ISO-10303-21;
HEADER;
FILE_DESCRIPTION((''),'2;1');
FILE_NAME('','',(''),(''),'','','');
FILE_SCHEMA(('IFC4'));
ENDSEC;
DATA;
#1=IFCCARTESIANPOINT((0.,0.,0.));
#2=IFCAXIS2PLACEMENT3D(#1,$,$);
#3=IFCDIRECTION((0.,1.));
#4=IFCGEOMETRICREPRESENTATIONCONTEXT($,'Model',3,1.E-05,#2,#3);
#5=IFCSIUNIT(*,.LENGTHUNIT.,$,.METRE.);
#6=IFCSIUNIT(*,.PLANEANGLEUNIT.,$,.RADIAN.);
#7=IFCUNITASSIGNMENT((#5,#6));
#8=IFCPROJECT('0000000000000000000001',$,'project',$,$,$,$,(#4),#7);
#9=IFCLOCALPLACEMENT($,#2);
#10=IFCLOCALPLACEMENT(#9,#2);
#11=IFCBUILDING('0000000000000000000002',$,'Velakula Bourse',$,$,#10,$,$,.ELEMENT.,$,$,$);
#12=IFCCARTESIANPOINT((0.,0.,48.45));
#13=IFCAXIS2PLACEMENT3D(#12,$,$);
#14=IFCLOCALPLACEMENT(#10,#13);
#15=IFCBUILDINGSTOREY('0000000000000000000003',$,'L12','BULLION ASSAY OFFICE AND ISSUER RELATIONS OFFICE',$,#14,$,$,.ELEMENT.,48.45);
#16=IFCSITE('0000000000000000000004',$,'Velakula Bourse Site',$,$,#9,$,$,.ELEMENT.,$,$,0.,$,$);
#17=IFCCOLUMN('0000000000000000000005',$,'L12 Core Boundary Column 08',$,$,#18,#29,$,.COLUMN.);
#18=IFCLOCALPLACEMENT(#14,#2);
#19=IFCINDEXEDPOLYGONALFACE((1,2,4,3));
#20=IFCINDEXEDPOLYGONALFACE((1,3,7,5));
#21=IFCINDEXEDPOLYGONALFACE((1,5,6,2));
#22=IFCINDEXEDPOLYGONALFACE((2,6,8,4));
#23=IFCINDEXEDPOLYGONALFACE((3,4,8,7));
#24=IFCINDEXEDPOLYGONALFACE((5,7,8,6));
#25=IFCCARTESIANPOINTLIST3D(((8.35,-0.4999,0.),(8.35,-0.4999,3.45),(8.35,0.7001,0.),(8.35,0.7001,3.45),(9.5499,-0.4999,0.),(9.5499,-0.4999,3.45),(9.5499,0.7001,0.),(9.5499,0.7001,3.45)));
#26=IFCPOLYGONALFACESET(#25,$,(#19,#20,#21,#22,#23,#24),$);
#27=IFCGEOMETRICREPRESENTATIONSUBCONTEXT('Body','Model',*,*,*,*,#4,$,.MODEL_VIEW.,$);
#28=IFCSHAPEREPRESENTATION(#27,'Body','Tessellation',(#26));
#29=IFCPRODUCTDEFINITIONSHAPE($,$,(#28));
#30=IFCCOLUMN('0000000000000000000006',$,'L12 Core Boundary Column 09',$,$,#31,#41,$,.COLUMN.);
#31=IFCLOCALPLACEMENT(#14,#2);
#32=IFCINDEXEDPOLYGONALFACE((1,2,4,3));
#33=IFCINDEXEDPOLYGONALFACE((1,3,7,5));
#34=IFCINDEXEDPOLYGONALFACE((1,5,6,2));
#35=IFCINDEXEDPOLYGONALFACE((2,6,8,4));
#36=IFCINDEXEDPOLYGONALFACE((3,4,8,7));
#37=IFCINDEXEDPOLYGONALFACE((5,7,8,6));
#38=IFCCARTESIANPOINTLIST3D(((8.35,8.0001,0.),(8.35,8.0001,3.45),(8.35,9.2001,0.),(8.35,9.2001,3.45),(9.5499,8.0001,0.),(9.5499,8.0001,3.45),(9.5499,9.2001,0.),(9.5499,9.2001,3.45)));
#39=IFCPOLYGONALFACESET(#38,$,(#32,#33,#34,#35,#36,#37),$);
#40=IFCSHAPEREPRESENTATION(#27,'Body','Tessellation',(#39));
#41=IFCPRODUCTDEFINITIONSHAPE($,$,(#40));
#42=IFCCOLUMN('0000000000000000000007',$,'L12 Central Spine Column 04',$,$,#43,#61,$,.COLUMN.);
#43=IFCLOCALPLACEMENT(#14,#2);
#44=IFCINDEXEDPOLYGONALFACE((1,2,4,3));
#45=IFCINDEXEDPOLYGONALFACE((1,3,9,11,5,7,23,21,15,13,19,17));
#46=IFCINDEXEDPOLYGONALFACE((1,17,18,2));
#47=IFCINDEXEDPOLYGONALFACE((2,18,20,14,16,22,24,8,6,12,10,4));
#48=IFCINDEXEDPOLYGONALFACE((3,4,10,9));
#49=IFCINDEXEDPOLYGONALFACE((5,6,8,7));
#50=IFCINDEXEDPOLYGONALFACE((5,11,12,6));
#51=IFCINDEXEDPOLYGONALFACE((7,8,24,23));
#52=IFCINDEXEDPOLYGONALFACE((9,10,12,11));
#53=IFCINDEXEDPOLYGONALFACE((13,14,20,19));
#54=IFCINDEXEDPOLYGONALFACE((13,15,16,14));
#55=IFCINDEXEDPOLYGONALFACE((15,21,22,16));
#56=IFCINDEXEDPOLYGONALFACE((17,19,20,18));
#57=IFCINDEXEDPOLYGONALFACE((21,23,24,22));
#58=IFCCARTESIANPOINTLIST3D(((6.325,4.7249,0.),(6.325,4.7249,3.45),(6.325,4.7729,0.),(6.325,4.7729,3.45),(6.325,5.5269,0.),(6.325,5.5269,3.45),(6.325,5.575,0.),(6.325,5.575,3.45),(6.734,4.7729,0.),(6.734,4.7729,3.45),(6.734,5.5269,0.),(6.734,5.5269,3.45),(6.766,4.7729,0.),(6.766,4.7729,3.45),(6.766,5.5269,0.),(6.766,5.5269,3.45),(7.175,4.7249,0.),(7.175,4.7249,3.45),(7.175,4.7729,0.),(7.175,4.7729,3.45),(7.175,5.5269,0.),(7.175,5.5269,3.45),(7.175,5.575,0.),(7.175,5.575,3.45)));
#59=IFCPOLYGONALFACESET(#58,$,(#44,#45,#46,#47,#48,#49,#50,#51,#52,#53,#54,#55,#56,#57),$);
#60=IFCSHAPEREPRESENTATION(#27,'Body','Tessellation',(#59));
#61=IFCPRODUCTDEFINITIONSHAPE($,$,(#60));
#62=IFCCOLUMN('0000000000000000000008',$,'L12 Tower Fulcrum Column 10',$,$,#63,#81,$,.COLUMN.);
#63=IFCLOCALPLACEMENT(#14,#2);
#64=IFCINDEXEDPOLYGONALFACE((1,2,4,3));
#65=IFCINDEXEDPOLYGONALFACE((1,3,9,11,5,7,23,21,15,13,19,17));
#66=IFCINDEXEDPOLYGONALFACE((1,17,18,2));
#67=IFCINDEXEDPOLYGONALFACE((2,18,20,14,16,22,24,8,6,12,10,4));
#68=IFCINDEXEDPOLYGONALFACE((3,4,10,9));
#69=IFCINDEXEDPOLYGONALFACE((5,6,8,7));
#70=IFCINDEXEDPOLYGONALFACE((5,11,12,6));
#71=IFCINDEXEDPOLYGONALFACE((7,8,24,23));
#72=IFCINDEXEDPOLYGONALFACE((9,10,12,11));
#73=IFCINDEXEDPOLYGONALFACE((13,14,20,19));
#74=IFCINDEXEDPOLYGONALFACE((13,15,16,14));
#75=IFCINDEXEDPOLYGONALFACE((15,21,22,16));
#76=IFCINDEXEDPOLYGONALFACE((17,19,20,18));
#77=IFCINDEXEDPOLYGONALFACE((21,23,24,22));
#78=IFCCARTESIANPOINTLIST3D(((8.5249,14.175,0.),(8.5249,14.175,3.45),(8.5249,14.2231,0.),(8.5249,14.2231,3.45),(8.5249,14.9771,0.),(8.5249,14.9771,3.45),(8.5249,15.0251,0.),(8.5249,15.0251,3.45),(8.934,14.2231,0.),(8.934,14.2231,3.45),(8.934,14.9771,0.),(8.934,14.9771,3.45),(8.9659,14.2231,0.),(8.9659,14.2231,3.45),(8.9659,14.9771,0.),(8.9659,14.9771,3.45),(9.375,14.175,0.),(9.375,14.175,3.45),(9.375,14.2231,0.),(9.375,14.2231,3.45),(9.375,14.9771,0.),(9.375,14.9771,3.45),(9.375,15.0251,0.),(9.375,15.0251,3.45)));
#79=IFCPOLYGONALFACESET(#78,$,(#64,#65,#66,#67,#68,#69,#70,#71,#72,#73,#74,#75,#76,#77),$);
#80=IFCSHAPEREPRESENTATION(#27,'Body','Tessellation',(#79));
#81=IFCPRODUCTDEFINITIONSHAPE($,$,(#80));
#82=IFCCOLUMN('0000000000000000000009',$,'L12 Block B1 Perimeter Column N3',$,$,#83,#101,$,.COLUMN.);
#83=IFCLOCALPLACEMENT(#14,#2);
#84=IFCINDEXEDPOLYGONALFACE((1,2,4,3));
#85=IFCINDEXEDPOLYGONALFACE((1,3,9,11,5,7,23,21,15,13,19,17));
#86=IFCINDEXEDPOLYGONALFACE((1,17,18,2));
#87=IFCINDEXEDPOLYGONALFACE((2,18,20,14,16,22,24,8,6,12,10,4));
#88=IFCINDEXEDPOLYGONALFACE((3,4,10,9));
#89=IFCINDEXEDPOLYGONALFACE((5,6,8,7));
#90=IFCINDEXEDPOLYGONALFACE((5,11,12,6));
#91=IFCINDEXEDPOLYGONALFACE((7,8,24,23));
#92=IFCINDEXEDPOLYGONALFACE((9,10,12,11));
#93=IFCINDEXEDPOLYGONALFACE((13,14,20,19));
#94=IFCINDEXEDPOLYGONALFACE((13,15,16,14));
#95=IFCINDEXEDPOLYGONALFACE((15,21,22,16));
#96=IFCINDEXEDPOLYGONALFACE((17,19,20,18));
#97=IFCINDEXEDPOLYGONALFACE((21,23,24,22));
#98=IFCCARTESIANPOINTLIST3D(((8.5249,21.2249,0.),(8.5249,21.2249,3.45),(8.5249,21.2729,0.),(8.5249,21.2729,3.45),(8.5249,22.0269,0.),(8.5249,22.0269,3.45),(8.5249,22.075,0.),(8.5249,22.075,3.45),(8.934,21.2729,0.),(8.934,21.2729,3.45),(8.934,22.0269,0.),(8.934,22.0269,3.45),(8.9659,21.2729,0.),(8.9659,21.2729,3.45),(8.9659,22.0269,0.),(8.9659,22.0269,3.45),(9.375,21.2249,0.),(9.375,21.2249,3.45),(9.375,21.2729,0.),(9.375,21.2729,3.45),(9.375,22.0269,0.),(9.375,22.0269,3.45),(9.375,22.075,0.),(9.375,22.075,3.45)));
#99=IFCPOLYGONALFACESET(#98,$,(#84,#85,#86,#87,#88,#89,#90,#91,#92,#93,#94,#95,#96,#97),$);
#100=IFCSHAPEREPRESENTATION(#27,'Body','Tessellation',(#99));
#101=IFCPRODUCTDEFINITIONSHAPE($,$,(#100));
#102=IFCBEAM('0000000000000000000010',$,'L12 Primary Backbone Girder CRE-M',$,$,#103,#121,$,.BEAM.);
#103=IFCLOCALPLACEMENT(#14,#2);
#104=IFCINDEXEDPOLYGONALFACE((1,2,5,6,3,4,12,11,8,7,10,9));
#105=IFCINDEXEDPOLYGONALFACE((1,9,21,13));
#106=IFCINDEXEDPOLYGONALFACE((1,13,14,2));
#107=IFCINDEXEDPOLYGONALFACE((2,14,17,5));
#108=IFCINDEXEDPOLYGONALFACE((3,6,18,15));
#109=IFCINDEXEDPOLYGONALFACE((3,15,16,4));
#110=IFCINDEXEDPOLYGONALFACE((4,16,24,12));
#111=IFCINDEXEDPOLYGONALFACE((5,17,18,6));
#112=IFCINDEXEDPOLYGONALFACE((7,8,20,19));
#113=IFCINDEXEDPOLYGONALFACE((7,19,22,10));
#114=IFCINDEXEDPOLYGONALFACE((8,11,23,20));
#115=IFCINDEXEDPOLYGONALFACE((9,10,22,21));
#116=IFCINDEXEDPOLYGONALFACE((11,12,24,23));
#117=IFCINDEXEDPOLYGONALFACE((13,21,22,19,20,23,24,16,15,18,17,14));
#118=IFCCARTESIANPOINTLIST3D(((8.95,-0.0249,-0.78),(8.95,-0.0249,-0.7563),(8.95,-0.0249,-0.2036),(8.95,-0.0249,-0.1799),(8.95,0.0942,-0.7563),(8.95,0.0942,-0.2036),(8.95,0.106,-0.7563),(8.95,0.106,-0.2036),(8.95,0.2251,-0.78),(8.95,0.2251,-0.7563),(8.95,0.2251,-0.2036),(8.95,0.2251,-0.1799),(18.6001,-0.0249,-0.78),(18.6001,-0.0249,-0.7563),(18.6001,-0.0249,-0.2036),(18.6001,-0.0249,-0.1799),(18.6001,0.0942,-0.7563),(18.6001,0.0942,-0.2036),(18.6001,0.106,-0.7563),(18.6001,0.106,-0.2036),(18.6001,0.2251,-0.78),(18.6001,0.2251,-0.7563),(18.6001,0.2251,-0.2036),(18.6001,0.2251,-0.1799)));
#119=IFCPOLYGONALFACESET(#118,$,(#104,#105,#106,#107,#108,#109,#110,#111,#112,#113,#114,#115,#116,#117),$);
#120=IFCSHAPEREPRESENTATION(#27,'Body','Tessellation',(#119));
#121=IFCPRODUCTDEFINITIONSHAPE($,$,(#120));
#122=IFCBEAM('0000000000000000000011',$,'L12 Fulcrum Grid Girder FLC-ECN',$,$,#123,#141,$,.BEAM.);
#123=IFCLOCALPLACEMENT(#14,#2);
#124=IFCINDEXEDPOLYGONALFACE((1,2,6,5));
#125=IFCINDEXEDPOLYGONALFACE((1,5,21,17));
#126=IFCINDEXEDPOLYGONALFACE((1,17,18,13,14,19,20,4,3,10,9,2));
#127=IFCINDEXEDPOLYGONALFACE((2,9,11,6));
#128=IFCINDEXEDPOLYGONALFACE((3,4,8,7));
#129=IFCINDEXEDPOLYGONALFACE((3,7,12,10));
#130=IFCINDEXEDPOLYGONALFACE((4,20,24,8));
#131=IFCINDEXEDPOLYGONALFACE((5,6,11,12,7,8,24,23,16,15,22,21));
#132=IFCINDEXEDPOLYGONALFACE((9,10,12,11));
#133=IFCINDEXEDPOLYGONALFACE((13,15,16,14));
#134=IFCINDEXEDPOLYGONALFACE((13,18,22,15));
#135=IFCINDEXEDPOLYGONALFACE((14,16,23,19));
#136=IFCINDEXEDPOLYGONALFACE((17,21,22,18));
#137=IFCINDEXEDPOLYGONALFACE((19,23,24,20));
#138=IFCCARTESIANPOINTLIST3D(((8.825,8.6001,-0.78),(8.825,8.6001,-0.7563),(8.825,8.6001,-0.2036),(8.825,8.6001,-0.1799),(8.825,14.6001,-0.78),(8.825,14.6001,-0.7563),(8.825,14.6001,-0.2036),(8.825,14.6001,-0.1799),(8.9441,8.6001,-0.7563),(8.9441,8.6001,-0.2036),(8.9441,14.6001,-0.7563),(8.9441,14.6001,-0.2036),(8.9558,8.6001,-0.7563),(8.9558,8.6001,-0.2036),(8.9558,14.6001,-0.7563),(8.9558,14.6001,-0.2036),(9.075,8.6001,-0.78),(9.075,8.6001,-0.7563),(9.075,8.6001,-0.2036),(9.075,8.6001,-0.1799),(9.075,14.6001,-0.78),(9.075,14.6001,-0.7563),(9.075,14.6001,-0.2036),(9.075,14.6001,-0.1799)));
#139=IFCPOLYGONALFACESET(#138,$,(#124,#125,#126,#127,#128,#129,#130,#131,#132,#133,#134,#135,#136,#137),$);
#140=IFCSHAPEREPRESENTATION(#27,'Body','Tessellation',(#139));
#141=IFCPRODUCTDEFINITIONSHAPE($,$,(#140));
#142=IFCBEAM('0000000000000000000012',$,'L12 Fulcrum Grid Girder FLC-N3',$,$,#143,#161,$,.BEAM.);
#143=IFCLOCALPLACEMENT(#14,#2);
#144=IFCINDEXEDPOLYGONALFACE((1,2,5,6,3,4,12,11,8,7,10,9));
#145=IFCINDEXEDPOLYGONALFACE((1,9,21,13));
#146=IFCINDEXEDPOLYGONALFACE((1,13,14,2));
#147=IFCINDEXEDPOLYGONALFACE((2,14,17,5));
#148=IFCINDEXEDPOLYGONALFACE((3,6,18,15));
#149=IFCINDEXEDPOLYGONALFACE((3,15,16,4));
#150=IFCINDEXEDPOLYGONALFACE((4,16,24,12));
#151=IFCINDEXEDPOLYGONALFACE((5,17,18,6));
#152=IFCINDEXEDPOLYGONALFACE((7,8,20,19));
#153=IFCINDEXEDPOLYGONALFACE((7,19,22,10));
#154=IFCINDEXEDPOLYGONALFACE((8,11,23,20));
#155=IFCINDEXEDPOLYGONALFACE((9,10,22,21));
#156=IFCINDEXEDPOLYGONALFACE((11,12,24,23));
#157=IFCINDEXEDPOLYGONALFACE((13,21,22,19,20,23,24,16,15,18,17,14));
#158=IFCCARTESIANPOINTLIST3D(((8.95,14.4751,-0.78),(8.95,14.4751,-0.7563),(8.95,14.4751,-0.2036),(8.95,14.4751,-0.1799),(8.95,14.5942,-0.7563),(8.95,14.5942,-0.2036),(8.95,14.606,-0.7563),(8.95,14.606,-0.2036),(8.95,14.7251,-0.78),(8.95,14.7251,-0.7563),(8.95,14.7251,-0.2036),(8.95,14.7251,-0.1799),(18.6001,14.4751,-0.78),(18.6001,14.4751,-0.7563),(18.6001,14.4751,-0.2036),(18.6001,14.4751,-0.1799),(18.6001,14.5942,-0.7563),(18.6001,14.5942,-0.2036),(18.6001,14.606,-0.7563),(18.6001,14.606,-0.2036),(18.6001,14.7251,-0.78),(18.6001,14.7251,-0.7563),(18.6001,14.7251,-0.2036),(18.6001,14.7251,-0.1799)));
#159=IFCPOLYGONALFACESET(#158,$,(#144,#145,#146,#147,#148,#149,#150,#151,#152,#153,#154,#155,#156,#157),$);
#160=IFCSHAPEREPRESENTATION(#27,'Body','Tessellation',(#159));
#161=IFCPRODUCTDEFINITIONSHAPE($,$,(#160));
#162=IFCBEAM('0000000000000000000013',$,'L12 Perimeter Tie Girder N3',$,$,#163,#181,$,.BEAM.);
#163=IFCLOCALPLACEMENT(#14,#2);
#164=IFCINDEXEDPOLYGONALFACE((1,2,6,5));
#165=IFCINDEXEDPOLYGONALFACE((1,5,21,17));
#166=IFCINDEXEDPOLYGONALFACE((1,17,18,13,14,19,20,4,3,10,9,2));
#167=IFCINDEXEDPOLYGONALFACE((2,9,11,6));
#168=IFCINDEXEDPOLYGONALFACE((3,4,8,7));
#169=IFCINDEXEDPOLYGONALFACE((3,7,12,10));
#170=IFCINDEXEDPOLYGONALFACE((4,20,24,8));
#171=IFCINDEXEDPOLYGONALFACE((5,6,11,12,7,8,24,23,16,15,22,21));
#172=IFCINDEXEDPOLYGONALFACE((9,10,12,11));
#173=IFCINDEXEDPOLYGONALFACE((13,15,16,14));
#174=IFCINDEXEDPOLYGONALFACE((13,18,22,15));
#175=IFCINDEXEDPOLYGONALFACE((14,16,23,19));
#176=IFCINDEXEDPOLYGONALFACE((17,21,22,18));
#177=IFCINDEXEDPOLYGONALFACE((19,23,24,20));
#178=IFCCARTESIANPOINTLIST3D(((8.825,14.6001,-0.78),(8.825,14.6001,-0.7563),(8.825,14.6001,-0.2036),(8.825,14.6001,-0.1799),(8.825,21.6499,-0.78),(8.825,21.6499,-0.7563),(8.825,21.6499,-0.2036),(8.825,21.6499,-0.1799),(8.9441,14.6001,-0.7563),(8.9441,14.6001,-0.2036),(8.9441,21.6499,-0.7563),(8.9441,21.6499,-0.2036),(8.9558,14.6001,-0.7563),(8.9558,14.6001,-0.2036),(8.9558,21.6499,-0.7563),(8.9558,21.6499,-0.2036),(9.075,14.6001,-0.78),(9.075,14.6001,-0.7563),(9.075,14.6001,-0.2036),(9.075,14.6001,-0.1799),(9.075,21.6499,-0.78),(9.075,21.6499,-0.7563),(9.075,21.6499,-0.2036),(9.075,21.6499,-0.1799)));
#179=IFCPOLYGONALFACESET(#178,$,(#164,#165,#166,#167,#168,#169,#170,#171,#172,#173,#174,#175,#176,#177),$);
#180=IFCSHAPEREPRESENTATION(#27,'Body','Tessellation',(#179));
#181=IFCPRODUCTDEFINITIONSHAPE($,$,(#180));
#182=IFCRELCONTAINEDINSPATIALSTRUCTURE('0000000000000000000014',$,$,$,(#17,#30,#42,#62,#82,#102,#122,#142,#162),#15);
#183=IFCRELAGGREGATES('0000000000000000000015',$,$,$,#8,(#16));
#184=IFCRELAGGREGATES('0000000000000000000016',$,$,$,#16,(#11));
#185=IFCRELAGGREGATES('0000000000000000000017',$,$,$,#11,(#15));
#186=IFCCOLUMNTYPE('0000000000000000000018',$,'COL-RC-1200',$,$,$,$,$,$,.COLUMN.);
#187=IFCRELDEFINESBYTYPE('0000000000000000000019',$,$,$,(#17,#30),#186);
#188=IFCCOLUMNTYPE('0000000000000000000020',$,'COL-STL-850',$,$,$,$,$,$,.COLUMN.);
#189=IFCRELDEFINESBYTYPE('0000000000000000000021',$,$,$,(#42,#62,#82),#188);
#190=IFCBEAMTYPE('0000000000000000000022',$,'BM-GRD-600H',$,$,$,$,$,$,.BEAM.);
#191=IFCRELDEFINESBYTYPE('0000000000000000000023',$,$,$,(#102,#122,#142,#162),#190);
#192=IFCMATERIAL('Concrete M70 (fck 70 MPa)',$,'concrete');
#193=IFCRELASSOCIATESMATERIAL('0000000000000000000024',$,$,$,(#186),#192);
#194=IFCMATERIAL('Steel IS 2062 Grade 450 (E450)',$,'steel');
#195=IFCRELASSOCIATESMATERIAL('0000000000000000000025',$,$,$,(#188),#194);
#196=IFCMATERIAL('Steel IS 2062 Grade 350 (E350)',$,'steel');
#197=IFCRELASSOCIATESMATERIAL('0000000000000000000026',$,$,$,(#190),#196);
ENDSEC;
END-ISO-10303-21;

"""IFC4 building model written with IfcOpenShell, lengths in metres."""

from ifc_helpers import new_model, si_unit, direction, frame, origin, origin_2d, place, context, subcontext, project, spatial, rectangle, i_section, extrude, material, material_profile, profile_set, type_object, element, save


model = new_model("IFC4")

# Units and contexts
model_context = context("Model", 3, precision=1e-05, world=origin(), true_north=direction((0.0, 1.0)))
body_context = subcontext(model_context, "Body", "Model", "MODEL_VIEW")
ifc_project = project(units=[si_unit("LENGTHUNIT", "METRE"), si_unit("PLANEANGLEUNIT", "RADIAN")], contexts=[model_context])

# Site, building, storey
site_placement = place(None, origin())
site = spatial("IfcSite", under=ifc_project, at=site_placement, Name="Velakula Bourse Site", CompositionType="ELEMENT", RefElevation=0.0)
building_placement = place(site_placement, origin())
building = spatial("IfcBuilding", under=site, at=building_placement, Name="Velakula Bourse", CompositionType="ELEMENT")
storey_placement = place(building_placement, frame((0.0, 0.0, 48.45)))
storey = spatial("IfcBuildingStorey", under=building, at=storey_placement, Name="L12", Description="BULLION ASSAY OFFICE AND ISSUER RELATIONS OFFICE", CompositionType="ELEMENT", Elevation=48.45)

# Columns
ifc_material_1 = material(Name="Concrete M70 (fck 70 MPa)", Category="concrete")
ifc_material_profile_1 = material_profile(ifc_material_1, rectangle(XDim=1.2, YDim=1.2, at=origin_2d()), Name="Concrete M70 (fck 70 MPa)")
ifc_profile_set_1 = profile_set([ifc_material_profile_1], Name="Concrete M70 (fck 70 MPa)")
column_type_1 = type_object("IfcColumnType", Name="COL-RC-1200", PredefinedType="COLUMN", material=ifc_profile_set_1)
for number, where, z_axis, x_axis, name in (
    (1, (8.95, 0.1001, 0.0), (0.0, 0.0, 1.0), (1.0, 0.0, 0.0), "L12 Core Boundary Column 08"),
    (2, (8.95, 8.6001, 0.0), (0.0, 0.0, 1.0), (1.0, 0.0, 0.0), "L12 Core Boundary Column 09"),
):
    element("IfcColumn", number, at=place(storey_placement, frame(where, z_axis=z_axis, x_axis=x_axis)), inside=storey, type_object=column_type_1, Name=name, PredefinedType="COLUMN", context=body_context, shape_type="SweptSolid", body=[
        extrude(rectangle(XDim=1.2, YDim=1.2, at=origin_2d()), origin(), (0.0, 0.0, 1.0), 3.45),
    ])
ifc_material_2 = material(Name="Steel IS 2062 Grade 450 (E450)", Category="steel")
ifc_material_profile_2 = material_profile(ifc_material_2, i_section(OverallWidth=0.8501, OverallDepth=0.8501, WebThickness=0.032, FlangeThickness=0.0481, at=origin_2d()), Name="Steel IS 2062 Grade 450 (E450)")
ifc_profile_set_2 = profile_set([ifc_material_profile_2], Name="Steel IS 2062 Grade 450 (E450)")
column_type_2 = type_object("IfcColumnType", Name="COL-STL-850", PredefinedType="COLUMN", material=ifc_profile_set_2)
for number, where, z_axis, x_axis, name in (
    (3, (6.75, 5.1499, 0.0), (0.0, 0.0, 1.0), (1.0, 0.0, 0.0), "L12 Central Spine Column 04"),
    (4, (8.95, 14.6001, 0.0), (0.0, 0.0, 1.0), (1.0, 0.0, 0.0), "L12 Tower Fulcrum Column 10"),
    (5, (8.95, 21.6499, 0.0), (0.0, 0.0, 1.0), (1.0, 0.0, 0.0), "L12 Block B1 Perimeter Column N3"),
):
    element("IfcColumn", number, at=place(storey_placement, frame(where, z_axis=z_axis, x_axis=x_axis)), inside=storey, type_object=column_type_2, Name=name, PredefinedType="COLUMN", context=body_context, shape_type="SweptSolid", body=[
        extrude(i_section(OverallWidth=0.8501, OverallDepth=0.8501, WebThickness=0.032, FlangeThickness=0.0481, at=origin_2d()), origin(), (0.0, 0.0, 1.0), 3.45),
    ])

# Beams
ifc_material_3 = material(Name="Steel IS 2062 Grade 350 (E350)", Category="steel")
ifc_material_profile_3 = material_profile(ifc_material_3, i_section(OverallWidth=0.25, OverallDepth=0.6001, WebThickness=0.0117, FlangeThickness=0.0237, at=origin_2d()), Name="Steel IS 2062 Grade 350 (E350)")
ifc_profile_set_3 = profile_set([ifc_material_profile_3], Name="Steel IS 2062 Grade 350 (E350)")
beam_type_1 = type_object("IfcBeamType", Name="BM-GRD-600H", PredefinedType="BEAM", material=ifc_profile_set_3)
beam_1_placement = place(storey_placement, frame((8.95, 0.1001, -0.48), z_axis=(1.0, 0.0, 0.0), x_axis=(0.0, 1.0, 0.0)))
element("IfcBeam", 6, at=beam_1_placement, inside=storey, type_object=beam_type_1, Name="L12 Primary Backbone Girder CRE-M", PredefinedType="BEAM", context=body_context, shape_type="SweptSolid", body=[
    extrude(i_section(OverallWidth=0.25, OverallDepth=0.6001, WebThickness=0.0117, FlangeThickness=0.0237, at=origin_2d()), origin(), (0.0, 0.0, 1.0), 9.6501),
])
beam_2_placement = place(storey_placement, frame((8.95, 8.6001, -0.48), z_axis=(0.0, 1.0, 0.0), x_axis=(-1.0, 0.0, 0.0)))
element("IfcBeam", 7, at=beam_2_placement, inside=storey, type_object=beam_type_1, Name="L12 Fulcrum Grid Girder FLC-ECN", PredefinedType="BEAM", context=body_context, shape_type="SweptSolid", body=[
    extrude(i_section(OverallWidth=0.25, OverallDepth=0.6001, WebThickness=0.0117, FlangeThickness=0.0237, at=origin_2d()), origin(), (0.0, 0.0, 1.0), 6.0),
])
beam_3_placement = place(storey_placement, frame((8.95, 14.6001, -0.48), z_axis=(1.0, 0.0, 0.0), x_axis=(0.0, 1.0, 0.0)))
element("IfcBeam", 8, at=beam_3_placement, inside=storey, type_object=beam_type_1, Name="L12 Fulcrum Grid Girder FLC-N3", PredefinedType="BEAM", context=body_context, shape_type="SweptSolid", body=[
    extrude(i_section(OverallWidth=0.25, OverallDepth=0.6001, WebThickness=0.0117, FlangeThickness=0.0237, at=origin_2d()), origin(), (0.0, 0.0, 1.0), 9.6501),
])
beam_4_placement = place(storey_placement, frame((8.95, 14.6001, -0.48), z_axis=(0.0, 1.0, 0.0), x_axis=(-1.0, 0.0, 0.0)))
element("IfcBeam", 9, at=beam_4_placement, inside=storey, type_object=beam_type_1, Name="L12 Perimeter Tie Girder N3", PredefinedType="BEAM", context=body_context, shape_type="SweptSolid", body=[
    extrude(i_section(OverallWidth=0.25, OverallDepth=0.6001, WebThickness=0.0117, FlangeThickness=0.0237, at=origin_2d()), origin(), (0.0, 0.0, 1.0), 7.0498),
])

save(model, "model.ifc")
